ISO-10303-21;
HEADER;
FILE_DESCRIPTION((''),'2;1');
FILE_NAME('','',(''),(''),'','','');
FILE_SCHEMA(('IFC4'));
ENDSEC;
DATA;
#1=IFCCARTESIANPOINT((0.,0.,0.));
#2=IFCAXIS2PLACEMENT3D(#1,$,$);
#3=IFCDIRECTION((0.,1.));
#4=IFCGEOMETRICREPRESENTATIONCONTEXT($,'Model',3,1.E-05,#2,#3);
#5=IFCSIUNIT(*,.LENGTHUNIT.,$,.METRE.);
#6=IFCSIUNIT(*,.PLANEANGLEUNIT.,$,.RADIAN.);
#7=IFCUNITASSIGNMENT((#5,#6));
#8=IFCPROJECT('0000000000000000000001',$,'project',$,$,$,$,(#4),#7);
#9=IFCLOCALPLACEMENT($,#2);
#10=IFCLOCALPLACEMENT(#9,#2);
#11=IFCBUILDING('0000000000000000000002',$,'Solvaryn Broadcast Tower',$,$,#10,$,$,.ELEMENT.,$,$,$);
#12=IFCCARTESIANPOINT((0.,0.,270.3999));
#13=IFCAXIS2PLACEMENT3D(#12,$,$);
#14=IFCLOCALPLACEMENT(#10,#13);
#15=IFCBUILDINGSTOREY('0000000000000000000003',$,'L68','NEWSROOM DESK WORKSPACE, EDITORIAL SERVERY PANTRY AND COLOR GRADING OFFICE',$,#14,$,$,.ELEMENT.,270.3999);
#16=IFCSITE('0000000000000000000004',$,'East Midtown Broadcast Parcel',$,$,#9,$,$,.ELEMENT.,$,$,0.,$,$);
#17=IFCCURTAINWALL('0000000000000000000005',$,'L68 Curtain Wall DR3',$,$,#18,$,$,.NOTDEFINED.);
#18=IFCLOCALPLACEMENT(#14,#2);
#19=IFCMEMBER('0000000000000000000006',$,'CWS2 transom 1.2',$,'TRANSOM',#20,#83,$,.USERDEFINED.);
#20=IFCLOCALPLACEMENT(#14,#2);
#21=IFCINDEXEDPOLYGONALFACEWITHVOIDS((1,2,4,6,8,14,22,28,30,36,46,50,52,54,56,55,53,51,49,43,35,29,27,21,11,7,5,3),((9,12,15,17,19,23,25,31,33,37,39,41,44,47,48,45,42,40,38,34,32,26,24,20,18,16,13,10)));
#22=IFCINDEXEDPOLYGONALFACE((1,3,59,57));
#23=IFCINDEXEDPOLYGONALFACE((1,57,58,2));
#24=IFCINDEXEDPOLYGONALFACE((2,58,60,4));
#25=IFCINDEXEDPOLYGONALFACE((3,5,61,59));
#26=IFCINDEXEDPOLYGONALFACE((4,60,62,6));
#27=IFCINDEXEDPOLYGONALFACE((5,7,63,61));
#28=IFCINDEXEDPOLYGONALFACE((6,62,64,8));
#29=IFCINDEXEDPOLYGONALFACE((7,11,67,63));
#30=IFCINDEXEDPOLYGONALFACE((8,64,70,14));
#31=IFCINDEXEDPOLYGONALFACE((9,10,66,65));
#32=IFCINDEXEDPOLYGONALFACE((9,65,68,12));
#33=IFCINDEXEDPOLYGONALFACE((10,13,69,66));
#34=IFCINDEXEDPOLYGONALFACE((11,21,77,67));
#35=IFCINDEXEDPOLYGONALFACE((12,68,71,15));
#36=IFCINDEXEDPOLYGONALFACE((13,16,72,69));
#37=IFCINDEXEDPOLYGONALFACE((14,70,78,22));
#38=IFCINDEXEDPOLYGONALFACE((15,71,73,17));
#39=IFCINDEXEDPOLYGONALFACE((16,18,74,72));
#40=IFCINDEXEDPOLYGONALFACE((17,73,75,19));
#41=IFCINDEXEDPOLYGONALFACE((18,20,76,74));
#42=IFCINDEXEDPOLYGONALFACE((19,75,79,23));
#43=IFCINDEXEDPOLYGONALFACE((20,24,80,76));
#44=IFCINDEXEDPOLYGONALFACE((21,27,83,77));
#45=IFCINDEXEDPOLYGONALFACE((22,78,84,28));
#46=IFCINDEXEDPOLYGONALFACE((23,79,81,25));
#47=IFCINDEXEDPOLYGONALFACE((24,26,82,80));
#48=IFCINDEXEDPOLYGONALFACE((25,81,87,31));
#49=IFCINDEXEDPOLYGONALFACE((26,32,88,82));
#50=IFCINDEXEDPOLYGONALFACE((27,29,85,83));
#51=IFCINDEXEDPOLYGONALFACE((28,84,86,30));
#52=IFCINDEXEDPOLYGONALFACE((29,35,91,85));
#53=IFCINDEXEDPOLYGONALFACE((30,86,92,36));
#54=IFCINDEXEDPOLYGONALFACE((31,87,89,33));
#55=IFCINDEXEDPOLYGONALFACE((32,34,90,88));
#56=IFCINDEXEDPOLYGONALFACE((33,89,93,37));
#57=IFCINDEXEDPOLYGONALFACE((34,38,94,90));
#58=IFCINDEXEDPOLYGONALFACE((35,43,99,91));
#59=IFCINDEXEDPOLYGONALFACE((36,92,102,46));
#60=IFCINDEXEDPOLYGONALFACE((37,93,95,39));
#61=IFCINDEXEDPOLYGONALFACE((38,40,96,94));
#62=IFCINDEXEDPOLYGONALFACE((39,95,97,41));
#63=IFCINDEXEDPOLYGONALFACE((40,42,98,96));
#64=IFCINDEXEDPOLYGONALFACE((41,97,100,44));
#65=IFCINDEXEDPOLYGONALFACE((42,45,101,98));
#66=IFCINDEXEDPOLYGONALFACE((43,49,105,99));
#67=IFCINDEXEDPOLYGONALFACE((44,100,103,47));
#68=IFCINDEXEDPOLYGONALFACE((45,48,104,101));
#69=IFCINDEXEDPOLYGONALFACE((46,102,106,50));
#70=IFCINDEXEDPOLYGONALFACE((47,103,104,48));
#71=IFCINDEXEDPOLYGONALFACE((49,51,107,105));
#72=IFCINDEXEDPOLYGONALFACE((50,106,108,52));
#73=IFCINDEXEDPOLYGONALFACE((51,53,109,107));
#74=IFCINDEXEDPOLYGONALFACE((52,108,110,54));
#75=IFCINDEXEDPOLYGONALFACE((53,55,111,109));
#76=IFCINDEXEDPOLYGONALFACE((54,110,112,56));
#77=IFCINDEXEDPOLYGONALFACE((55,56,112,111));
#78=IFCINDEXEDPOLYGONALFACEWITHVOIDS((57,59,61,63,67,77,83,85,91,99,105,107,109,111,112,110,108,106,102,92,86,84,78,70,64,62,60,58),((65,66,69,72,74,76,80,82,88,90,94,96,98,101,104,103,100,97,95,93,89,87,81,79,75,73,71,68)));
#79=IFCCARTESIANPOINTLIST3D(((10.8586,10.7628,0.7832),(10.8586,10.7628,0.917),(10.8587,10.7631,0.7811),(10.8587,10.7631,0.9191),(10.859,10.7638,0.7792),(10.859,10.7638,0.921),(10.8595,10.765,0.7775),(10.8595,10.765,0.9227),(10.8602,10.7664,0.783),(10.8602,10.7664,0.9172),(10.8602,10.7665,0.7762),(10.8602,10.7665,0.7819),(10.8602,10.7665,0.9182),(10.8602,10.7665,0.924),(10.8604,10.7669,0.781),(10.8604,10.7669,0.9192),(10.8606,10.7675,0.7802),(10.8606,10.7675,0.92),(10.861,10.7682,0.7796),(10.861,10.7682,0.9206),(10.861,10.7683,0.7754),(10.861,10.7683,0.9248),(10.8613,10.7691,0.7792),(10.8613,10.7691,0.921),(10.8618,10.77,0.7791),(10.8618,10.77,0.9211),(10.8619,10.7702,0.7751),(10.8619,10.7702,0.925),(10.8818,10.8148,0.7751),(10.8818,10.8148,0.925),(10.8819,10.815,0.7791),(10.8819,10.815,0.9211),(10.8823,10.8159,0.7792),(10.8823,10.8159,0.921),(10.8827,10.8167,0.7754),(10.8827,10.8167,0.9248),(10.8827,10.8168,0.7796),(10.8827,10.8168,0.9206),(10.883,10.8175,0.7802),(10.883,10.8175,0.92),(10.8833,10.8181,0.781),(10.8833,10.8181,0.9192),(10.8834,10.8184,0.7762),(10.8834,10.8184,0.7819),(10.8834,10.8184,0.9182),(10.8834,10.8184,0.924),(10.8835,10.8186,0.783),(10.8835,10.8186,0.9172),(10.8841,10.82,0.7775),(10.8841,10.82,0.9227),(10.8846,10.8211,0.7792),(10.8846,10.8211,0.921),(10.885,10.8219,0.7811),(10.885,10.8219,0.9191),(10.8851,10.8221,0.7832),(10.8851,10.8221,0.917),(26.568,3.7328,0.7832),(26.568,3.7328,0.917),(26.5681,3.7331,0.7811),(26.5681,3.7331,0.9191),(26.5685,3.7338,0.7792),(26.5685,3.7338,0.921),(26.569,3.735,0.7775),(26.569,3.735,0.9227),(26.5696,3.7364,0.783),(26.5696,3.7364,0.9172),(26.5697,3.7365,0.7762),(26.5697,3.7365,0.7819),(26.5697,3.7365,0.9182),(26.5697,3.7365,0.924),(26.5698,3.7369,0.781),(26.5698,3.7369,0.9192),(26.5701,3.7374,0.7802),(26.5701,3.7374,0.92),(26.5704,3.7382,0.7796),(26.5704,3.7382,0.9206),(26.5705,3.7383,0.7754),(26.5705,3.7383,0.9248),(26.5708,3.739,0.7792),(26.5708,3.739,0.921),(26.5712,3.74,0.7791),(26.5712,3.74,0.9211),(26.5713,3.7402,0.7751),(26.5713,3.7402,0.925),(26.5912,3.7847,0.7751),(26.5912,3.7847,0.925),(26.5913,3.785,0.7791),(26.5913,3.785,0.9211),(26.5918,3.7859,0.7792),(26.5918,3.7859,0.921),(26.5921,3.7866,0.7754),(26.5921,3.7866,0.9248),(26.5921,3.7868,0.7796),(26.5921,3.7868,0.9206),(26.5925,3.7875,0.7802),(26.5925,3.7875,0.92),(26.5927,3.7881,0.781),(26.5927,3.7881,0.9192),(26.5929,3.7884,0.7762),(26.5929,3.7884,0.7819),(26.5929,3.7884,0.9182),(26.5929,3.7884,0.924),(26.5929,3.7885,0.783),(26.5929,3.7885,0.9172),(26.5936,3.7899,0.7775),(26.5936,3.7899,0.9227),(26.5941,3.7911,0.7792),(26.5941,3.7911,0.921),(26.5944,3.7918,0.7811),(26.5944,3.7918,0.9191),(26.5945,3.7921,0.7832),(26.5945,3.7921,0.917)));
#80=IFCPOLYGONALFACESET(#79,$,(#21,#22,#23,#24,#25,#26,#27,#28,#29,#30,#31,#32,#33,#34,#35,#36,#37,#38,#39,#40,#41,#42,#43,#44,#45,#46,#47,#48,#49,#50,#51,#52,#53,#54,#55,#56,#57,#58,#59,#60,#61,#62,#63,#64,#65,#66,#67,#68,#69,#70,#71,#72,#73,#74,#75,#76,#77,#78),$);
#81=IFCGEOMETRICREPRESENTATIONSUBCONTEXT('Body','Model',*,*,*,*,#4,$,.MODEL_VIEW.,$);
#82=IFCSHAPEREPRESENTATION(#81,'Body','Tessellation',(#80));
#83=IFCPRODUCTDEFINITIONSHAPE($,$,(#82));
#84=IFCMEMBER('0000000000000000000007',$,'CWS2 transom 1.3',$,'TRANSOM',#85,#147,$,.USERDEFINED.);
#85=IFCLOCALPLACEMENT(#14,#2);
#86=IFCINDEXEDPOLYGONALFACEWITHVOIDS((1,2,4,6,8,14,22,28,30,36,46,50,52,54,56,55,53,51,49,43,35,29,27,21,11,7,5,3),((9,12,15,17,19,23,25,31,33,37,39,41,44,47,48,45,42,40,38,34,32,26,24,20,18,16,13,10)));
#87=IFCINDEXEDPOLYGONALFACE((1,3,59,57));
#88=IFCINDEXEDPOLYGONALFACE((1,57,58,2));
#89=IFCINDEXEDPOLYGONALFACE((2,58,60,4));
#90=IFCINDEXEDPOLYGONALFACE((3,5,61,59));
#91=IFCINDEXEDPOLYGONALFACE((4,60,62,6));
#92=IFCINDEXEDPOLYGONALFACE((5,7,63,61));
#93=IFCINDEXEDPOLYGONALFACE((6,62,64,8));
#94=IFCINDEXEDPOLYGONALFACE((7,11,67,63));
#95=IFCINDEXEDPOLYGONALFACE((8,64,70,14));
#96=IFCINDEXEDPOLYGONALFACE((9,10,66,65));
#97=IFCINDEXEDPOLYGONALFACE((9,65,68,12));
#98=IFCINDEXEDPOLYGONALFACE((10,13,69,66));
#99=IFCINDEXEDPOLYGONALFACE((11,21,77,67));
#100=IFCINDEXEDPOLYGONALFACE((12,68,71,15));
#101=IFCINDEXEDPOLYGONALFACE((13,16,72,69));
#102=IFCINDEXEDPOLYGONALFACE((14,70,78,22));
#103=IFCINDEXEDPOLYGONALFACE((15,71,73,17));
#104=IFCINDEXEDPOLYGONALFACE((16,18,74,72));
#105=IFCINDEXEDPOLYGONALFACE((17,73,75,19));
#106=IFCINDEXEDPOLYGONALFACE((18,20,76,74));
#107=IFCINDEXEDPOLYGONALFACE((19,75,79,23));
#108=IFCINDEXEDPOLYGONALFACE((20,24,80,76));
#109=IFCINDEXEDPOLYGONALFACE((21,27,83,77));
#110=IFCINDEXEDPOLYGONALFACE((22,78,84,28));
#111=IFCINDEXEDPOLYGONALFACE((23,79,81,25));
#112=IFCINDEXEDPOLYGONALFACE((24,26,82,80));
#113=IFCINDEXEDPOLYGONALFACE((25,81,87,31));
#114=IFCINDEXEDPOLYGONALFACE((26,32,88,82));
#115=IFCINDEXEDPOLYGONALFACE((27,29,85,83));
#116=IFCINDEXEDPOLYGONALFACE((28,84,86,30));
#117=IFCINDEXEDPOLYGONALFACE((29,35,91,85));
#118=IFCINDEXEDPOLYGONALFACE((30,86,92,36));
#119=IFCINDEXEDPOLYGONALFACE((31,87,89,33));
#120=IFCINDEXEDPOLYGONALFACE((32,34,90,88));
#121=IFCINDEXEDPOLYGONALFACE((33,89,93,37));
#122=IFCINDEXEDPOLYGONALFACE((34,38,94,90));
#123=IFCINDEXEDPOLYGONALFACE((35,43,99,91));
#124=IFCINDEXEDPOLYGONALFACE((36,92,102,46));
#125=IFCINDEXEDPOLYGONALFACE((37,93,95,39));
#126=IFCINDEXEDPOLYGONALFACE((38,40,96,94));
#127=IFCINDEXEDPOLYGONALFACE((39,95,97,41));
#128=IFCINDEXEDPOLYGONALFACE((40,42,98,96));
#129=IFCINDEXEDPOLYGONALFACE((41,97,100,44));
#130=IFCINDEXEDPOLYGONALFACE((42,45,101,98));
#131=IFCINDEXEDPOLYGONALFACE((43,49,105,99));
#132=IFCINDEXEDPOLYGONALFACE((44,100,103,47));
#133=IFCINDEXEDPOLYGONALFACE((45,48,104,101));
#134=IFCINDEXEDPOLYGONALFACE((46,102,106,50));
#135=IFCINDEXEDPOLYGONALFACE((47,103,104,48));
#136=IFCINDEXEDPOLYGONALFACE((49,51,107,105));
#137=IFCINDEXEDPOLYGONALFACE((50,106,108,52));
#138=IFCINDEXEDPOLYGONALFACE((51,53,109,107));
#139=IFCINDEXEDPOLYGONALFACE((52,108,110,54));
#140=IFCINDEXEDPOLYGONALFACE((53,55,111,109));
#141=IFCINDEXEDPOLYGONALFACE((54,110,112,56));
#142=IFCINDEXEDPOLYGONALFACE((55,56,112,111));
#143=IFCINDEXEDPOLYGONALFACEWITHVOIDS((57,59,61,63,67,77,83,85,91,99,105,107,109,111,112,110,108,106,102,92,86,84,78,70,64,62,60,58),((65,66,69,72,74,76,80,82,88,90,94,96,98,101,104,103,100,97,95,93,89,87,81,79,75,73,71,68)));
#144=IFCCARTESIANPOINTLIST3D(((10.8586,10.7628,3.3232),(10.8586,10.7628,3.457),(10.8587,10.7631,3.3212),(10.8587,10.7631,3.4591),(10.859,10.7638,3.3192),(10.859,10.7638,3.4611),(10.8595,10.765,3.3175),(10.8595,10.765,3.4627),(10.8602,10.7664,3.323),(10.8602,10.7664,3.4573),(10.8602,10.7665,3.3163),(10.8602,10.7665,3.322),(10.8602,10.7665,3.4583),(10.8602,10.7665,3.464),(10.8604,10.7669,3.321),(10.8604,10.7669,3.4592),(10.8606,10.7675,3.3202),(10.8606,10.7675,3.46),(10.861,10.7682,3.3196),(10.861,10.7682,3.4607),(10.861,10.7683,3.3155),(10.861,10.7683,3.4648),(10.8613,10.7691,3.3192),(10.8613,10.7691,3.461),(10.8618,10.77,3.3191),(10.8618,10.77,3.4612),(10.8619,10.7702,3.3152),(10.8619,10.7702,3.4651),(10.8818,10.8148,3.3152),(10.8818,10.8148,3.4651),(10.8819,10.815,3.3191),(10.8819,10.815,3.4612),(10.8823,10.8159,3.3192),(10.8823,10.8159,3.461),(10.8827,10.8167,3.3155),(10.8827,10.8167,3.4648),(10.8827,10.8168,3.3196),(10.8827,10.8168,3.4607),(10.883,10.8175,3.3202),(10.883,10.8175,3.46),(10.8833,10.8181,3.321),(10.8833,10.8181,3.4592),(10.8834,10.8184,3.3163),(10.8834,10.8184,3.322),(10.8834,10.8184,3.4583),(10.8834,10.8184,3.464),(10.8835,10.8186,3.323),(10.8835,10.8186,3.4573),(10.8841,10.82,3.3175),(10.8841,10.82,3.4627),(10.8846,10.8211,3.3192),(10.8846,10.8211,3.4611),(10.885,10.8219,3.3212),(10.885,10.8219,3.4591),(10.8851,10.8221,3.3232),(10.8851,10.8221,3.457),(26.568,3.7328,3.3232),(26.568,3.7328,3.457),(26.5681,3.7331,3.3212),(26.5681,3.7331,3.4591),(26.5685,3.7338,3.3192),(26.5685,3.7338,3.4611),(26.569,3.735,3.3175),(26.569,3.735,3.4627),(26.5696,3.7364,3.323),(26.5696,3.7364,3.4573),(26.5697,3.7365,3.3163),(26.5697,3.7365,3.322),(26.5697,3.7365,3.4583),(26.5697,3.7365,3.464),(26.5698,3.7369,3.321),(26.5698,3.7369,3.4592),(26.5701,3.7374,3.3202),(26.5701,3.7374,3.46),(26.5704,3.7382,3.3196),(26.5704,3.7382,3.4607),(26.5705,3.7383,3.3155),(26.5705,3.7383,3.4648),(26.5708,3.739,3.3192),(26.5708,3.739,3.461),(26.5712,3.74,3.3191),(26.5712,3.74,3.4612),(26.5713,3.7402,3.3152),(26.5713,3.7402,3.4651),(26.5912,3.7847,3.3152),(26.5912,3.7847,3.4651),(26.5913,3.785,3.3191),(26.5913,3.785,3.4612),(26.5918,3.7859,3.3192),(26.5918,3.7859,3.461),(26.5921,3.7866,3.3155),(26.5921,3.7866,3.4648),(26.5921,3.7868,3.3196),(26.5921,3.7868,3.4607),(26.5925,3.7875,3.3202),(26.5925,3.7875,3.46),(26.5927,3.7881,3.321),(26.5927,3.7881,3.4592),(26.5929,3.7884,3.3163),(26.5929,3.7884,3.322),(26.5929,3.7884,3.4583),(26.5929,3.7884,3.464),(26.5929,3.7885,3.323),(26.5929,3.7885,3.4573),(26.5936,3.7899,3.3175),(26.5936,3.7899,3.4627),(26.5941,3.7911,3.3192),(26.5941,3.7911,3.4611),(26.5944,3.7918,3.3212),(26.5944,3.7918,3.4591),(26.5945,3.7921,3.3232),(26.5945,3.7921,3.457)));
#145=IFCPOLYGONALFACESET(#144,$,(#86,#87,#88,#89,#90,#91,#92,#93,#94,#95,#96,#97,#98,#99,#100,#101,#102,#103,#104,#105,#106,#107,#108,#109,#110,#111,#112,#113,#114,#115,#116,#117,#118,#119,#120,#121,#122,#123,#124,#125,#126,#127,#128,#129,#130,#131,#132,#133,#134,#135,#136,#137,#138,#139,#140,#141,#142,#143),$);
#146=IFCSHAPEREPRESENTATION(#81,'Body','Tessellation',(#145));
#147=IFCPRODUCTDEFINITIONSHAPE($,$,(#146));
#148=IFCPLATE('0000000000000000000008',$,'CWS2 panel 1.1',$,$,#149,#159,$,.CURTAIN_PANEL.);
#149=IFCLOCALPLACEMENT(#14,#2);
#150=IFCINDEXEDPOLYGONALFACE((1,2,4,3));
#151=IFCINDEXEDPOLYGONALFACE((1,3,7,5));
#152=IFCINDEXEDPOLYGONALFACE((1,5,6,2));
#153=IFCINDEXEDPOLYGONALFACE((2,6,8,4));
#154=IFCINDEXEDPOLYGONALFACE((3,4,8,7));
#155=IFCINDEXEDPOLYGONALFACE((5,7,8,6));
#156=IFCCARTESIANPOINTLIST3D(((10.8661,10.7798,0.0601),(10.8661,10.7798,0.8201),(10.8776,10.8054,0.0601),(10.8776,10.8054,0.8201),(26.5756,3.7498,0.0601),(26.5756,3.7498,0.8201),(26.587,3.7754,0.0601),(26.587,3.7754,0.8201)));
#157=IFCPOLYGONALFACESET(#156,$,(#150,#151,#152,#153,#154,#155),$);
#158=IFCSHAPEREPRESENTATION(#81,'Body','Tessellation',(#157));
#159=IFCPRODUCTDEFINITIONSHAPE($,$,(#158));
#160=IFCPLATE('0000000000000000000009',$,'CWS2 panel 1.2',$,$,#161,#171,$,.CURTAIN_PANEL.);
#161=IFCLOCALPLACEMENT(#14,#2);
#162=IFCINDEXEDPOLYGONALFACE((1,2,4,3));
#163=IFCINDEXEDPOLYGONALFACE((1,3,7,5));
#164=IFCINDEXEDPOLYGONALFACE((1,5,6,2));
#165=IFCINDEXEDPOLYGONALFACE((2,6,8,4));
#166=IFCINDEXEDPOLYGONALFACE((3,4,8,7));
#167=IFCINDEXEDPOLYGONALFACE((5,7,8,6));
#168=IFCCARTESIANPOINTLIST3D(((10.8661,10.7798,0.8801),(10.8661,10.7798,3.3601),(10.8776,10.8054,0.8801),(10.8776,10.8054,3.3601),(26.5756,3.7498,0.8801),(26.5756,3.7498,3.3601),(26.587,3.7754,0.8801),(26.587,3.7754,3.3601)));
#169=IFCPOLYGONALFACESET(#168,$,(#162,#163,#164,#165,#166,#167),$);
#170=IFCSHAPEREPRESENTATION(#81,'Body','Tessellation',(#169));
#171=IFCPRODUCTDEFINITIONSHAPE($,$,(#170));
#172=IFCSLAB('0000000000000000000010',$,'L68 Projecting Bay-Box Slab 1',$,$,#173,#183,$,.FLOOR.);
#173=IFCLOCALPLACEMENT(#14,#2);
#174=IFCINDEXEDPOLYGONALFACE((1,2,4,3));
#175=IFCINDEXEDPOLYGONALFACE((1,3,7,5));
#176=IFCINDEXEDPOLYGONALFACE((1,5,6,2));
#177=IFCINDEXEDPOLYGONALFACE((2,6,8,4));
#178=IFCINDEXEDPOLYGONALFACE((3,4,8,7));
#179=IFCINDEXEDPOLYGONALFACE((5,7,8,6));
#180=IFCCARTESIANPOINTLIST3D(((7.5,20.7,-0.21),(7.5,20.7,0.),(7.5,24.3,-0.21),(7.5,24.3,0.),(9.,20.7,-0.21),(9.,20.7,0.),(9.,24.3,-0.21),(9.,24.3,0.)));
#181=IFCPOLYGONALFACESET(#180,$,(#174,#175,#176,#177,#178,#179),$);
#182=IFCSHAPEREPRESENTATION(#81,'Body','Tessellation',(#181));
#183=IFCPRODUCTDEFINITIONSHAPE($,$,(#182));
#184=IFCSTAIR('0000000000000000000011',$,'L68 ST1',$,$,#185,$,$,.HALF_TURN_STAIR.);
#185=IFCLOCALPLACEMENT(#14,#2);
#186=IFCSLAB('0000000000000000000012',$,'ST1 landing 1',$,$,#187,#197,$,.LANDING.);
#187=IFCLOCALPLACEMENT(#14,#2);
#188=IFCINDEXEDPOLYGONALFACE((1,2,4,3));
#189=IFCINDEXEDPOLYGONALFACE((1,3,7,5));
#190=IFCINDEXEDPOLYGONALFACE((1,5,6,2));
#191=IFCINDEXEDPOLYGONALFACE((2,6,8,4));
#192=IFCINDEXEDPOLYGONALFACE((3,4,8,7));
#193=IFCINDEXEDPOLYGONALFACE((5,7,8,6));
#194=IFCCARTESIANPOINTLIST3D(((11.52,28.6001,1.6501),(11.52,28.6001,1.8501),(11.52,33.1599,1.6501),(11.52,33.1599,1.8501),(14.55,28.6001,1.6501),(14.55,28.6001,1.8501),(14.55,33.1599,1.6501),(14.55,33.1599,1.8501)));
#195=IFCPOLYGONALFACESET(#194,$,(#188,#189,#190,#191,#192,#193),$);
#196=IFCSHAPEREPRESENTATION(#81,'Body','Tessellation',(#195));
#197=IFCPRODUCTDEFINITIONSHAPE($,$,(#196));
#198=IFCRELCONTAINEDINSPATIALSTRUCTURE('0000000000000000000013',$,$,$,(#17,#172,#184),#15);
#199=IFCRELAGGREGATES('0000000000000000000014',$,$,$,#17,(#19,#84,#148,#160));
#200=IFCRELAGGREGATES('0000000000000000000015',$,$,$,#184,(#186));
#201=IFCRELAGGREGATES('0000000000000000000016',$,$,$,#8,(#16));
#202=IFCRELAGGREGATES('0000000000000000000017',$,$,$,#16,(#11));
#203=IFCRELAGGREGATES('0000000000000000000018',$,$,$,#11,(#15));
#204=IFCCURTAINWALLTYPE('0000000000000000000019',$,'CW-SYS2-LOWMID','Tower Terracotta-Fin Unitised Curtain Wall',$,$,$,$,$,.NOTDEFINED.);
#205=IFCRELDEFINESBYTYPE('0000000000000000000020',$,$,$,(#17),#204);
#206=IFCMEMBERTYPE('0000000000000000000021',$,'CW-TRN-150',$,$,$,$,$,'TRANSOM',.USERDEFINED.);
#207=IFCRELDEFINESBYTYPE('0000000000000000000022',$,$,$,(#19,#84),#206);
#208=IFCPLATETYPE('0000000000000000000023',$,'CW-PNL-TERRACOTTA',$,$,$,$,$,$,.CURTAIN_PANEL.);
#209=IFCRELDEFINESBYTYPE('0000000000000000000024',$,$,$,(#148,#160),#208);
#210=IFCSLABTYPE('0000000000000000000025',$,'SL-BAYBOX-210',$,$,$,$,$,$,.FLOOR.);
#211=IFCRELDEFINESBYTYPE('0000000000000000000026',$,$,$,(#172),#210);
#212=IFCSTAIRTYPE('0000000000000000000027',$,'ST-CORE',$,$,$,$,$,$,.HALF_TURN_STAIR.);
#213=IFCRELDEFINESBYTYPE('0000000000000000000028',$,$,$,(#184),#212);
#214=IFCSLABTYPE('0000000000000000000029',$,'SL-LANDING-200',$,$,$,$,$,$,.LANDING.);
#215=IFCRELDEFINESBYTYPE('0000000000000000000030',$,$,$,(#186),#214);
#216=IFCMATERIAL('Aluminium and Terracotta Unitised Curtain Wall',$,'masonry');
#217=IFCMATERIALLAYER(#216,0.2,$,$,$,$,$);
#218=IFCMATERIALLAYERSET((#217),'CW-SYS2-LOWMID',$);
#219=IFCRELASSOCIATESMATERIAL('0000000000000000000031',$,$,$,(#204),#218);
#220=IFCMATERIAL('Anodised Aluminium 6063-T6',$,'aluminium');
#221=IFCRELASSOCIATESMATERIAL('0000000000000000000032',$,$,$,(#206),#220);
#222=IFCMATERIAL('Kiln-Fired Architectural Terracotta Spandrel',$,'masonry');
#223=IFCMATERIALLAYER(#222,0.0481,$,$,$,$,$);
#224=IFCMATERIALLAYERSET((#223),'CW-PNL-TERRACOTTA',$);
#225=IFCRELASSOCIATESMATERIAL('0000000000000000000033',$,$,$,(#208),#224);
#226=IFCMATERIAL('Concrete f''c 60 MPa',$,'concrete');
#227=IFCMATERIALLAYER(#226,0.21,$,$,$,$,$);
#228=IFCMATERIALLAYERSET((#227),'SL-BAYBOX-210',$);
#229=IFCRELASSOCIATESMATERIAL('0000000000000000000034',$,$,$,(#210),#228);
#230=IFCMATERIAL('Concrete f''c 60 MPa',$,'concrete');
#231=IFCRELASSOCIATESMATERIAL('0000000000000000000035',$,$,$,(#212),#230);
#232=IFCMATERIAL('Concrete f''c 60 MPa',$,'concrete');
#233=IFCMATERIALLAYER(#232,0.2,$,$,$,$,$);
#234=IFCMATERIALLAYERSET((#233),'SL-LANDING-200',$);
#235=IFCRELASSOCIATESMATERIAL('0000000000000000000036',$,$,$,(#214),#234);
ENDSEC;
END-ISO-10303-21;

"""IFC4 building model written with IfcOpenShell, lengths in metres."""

from ifc_helpers import new_model, si_unit, direction, frame, origin, origin_2d, place, context, subcontext, project, spatial, polyline, rectangle, hollow_rectangle, outline, extrude, material, layer, layer_set, material_profile, profile_set, type_object, element, aggregate, save


model = new_model("IFC4")

# Units and contexts
model_context = context("Model", 3, precision=1e-05, world=origin(), true_north=direction((0.0, 1.0)))
body_context = subcontext(model_context, "Body", "Model", "MODEL_VIEW")
ifc_project = project(units=[si_unit("LENGTHUNIT", "METRE"), si_unit("PLANEANGLEUNIT", "RADIAN")], contexts=[model_context])

# Site, building, storey
site_placement = place(None, origin())
site = spatial("IfcSite", under=ifc_project, at=site_placement, Name="East Midtown Broadcast Parcel", CompositionType="ELEMENT", RefElevation=0.0)
building_placement = place(site_placement, origin())
building = spatial("IfcBuilding", under=site, at=building_placement, Name="Solvaryn Broadcast Tower", CompositionType="ELEMENT")
storey_placement = place(building_placement, frame((0.0, 0.0, 270.3999)))
storey = spatial("IfcBuildingStorey", under=building, at=storey_placement, Name="L68", Description="NEWSROOM DESK WORKSPACE, EDITORIAL SERVERY PANTRY AND COLOR GRADING OFFICE", CompositionType="ELEMENT", Elevation=270.3999)

# Shared definitions
ifc_material_1 = material(Name="Aluminium and Terracotta Unitised Curtain Wall", Category="masonry")
ifc_layer_1 = layer(ifc_material_1, 0.2)
ifc_layer_set_1 = layer_set([ifc_layer_1], Name="CW-SYS2-LOWMID")
curtain_wall_type = type_object("IfcCurtainWallType", Name="CW-SYS2-LOWMID", Description="Tower Terracotta-Fin Unitised Curtain Wall", PredefinedType="NOTDEFINED", material=ifc_layer_set_1)

# Curtain wall, members, plates
curtain_wall_1_placement = place(storey_placement, origin())
curtain_wall_1 = element("IfcCurtainWall", 1, at=curtain_wall_1_placement, inside=storey, type_object=curtain_wall_type, Name="L68 Curtain Wall DR3", PredefinedType="NOTDEFINED")
ifc_material_2 = material(Name="Anodised Aluminium 6063-T6", Category="aluminium")
ifc_material_profile_1 = material_profile(ifc_material_2, hollow_rectangle(XDim=0.0649, YDim=0.1499, WallThickness=0.0039, InnerFilletRadius=0.0039, OuterFilletRadius=0.0081, at=origin_2d()))
ifc_profile_set_1 = profile_set([ifc_material_profile_1], Name="Anodised Aluminium 6063-T6")
member_type_1 = type_object("IfcMemberType", Name="CW-TRN-150", ElementType="TRANSOM", PredefinedType="USERDEFINED", material=ifc_profile_set_1)
member_1_placement = place(storey_placement, frame((10.8718, 10.7925, 0.8501), z_axis=(0.912773, -0.408468, 0.0), x_axis=(0.408468, 0.912773, 0.0)))
member_1 = element("IfcMember", 2, at=member_1_placement, type_object=member_type_1, Name="CWS2 transom 1.2", ObjectType="TRANSOM", PredefinedType="USERDEFINED", context=body_context, shape_type="SweptSolid", body=[
    extrude(hollow_rectangle(XDim=0.0649, YDim=0.1499, WallThickness=0.0039, InnerFilletRadius=0.0039, OuterFilletRadius=0.0081, at=origin_2d()), origin(), (0.0, 0.0, 1.0), 17.2107),
])
member_2_placement = place(storey_placement, frame((10.8718, 10.7925, 3.3901), z_axis=(0.912773, -0.408468, 0.0), x_axis=(0.408468, 0.912773, 0.0)))
member_2 = element("IfcMember", 3, at=member_2_placement, type_object=member_type_1, Name="CWS2 transom 1.3", ObjectType="TRANSOM", PredefinedType="USERDEFINED", context=body_context, shape_type="SweptSolid", body=[
    extrude(hollow_rectangle(XDim=0.0649, YDim=0.1499, WallThickness=0.0039, InnerFilletRadius=0.0039, OuterFilletRadius=0.0081, at=origin_2d()), origin(), (0.0, 0.0, 1.0), 17.2107),
])
ifc_material_3 = material(Name="Kiln-Fired Architectural Terracotta Spandrel", Category="masonry")
ifc_layer_2 = layer(ifc_material_3, 0.0481)
ifc_layer_set_2 = layer_set([ifc_layer_2], Name="CW-PNL-TERRACOTTA")
plate_type = type_object("IfcPlateType", Name="CW-PNL-TERRACOTTA", PredefinedType="CURTAIN_PANEL", material=ifc_layer_set_2)
plate_1_placement = place(storey_placement, frame((18.7266, 7.2776, 0.0601), z_axis=(0.0, 0.0, 1.0), x_axis=(0.912774, -0.408466, 0.0)))
plate_1 = element("IfcPlate", 4, at=plate_1_placement, type_object=plate_type, Name="CWS2 panel 1.1", PredefinedType="CURTAIN_PANEL", context=body_context, shape_type="SweptSolid", body=[
    extrude(rectangle(XDim=17.2107, YDim=0.0281, at=origin_2d()), origin(), (0.0, 0.0, 1.0), 0.76),
])
plate_2_placement = place(storey_placement, frame((18.7266, 7.2776, 0.8801), z_axis=(0.0, 0.0, 1.0), x_axis=(0.912774, -0.408466, 0.0)))
plate_2 = element("IfcPlate", 5, at=plate_2_placement, type_object=plate_type, Name="CWS2 panel 1.2", PredefinedType="CURTAIN_PANEL", context=body_context, shape_type="SweptSolid", body=[
    extrude(rectangle(XDim=17.2107, YDim=0.0281, at=origin_2d()), origin(), (0.0, 0.0, 1.0), 2.48),
])
aggregate(curtain_wall_1, [member_1, member_2, plate_1, plate_2])

# Slab
ifc_material_4 = material(Name="Concrete f'c 60 MPa", Category="concrete")
ifc_layer_3 = layer(ifc_material_4, 0.21)
ifc_layer_set_3 = layer_set([ifc_layer_3], Name="SL-BAYBOX-210")
slab_type_1 = type_object("IfcSlabType", Name="SL-BAYBOX-210", PredefinedType="FLOOR", material=ifc_layer_set_3)
slab_1_placement = place(storey_placement, frame((0.0, 0.0, -0.21)))
element("IfcSlab", 6, at=slab_1_placement, inside=storey, type_object=slab_type_1, Name="L68 Projecting Bay-Box Slab 1", PredefinedType="FLOOR", context=body_context, shape_type="SweptSolid", body=[
    extrude(outline(polyline([(7.5, 20.7), (9.0, 20.7), (9.0, 24.3), (7.5, 24.3), (7.5, 20.7)])), origin(), (0.0, 0.0, 1.0), 0.21),
])

# Stair, slab
ifc_material_5 = material(Name="Concrete f'c 60 MPa", Category="concrete")
stair_type = type_object("IfcStairType", Name="ST-CORE", PredefinedType="HALF_TURN_STAIR", material=ifc_material_5)
stair_1_placement = place(storey_placement, origin())
stair_1 = element("IfcStair", 7, at=stair_1_placement, inside=storey, type_object=stair_type, Name="L68 ST1", PredefinedType="HALF_TURN_STAIR")
ifc_material_6 = material(Name="Concrete f'c 60 MPa", Category="concrete")
ifc_layer_4 = layer(ifc_material_6, 0.2)
ifc_layer_set_4 = layer_set([ifc_layer_4], Name="SL-LANDING-200")
slab_type_2 = type_object("IfcSlabType", Name="SL-LANDING-200", PredefinedType="LANDING", material=ifc_layer_set_4)
slab_2_placement = place(storey_placement, frame((0.0, 0.0, 1.6501)))
slab_2 = element("IfcSlab", 8, at=slab_2_placement, type_object=slab_type_2, Name="ST1 landing 1", PredefinedType="LANDING", context=body_context, shape_type="SweptSolid", body=[
    extrude(outline(polyline([(11.52, 33.1599), (11.52, 28.6001), (14.55, 28.6001), (14.55, 33.1599), (11.52, 33.1599)])), origin(), (0.0, 0.0, 1.0), 0.2),
])
aggregate(stair_1, [slab_2])

save(model, "model.ifc")
